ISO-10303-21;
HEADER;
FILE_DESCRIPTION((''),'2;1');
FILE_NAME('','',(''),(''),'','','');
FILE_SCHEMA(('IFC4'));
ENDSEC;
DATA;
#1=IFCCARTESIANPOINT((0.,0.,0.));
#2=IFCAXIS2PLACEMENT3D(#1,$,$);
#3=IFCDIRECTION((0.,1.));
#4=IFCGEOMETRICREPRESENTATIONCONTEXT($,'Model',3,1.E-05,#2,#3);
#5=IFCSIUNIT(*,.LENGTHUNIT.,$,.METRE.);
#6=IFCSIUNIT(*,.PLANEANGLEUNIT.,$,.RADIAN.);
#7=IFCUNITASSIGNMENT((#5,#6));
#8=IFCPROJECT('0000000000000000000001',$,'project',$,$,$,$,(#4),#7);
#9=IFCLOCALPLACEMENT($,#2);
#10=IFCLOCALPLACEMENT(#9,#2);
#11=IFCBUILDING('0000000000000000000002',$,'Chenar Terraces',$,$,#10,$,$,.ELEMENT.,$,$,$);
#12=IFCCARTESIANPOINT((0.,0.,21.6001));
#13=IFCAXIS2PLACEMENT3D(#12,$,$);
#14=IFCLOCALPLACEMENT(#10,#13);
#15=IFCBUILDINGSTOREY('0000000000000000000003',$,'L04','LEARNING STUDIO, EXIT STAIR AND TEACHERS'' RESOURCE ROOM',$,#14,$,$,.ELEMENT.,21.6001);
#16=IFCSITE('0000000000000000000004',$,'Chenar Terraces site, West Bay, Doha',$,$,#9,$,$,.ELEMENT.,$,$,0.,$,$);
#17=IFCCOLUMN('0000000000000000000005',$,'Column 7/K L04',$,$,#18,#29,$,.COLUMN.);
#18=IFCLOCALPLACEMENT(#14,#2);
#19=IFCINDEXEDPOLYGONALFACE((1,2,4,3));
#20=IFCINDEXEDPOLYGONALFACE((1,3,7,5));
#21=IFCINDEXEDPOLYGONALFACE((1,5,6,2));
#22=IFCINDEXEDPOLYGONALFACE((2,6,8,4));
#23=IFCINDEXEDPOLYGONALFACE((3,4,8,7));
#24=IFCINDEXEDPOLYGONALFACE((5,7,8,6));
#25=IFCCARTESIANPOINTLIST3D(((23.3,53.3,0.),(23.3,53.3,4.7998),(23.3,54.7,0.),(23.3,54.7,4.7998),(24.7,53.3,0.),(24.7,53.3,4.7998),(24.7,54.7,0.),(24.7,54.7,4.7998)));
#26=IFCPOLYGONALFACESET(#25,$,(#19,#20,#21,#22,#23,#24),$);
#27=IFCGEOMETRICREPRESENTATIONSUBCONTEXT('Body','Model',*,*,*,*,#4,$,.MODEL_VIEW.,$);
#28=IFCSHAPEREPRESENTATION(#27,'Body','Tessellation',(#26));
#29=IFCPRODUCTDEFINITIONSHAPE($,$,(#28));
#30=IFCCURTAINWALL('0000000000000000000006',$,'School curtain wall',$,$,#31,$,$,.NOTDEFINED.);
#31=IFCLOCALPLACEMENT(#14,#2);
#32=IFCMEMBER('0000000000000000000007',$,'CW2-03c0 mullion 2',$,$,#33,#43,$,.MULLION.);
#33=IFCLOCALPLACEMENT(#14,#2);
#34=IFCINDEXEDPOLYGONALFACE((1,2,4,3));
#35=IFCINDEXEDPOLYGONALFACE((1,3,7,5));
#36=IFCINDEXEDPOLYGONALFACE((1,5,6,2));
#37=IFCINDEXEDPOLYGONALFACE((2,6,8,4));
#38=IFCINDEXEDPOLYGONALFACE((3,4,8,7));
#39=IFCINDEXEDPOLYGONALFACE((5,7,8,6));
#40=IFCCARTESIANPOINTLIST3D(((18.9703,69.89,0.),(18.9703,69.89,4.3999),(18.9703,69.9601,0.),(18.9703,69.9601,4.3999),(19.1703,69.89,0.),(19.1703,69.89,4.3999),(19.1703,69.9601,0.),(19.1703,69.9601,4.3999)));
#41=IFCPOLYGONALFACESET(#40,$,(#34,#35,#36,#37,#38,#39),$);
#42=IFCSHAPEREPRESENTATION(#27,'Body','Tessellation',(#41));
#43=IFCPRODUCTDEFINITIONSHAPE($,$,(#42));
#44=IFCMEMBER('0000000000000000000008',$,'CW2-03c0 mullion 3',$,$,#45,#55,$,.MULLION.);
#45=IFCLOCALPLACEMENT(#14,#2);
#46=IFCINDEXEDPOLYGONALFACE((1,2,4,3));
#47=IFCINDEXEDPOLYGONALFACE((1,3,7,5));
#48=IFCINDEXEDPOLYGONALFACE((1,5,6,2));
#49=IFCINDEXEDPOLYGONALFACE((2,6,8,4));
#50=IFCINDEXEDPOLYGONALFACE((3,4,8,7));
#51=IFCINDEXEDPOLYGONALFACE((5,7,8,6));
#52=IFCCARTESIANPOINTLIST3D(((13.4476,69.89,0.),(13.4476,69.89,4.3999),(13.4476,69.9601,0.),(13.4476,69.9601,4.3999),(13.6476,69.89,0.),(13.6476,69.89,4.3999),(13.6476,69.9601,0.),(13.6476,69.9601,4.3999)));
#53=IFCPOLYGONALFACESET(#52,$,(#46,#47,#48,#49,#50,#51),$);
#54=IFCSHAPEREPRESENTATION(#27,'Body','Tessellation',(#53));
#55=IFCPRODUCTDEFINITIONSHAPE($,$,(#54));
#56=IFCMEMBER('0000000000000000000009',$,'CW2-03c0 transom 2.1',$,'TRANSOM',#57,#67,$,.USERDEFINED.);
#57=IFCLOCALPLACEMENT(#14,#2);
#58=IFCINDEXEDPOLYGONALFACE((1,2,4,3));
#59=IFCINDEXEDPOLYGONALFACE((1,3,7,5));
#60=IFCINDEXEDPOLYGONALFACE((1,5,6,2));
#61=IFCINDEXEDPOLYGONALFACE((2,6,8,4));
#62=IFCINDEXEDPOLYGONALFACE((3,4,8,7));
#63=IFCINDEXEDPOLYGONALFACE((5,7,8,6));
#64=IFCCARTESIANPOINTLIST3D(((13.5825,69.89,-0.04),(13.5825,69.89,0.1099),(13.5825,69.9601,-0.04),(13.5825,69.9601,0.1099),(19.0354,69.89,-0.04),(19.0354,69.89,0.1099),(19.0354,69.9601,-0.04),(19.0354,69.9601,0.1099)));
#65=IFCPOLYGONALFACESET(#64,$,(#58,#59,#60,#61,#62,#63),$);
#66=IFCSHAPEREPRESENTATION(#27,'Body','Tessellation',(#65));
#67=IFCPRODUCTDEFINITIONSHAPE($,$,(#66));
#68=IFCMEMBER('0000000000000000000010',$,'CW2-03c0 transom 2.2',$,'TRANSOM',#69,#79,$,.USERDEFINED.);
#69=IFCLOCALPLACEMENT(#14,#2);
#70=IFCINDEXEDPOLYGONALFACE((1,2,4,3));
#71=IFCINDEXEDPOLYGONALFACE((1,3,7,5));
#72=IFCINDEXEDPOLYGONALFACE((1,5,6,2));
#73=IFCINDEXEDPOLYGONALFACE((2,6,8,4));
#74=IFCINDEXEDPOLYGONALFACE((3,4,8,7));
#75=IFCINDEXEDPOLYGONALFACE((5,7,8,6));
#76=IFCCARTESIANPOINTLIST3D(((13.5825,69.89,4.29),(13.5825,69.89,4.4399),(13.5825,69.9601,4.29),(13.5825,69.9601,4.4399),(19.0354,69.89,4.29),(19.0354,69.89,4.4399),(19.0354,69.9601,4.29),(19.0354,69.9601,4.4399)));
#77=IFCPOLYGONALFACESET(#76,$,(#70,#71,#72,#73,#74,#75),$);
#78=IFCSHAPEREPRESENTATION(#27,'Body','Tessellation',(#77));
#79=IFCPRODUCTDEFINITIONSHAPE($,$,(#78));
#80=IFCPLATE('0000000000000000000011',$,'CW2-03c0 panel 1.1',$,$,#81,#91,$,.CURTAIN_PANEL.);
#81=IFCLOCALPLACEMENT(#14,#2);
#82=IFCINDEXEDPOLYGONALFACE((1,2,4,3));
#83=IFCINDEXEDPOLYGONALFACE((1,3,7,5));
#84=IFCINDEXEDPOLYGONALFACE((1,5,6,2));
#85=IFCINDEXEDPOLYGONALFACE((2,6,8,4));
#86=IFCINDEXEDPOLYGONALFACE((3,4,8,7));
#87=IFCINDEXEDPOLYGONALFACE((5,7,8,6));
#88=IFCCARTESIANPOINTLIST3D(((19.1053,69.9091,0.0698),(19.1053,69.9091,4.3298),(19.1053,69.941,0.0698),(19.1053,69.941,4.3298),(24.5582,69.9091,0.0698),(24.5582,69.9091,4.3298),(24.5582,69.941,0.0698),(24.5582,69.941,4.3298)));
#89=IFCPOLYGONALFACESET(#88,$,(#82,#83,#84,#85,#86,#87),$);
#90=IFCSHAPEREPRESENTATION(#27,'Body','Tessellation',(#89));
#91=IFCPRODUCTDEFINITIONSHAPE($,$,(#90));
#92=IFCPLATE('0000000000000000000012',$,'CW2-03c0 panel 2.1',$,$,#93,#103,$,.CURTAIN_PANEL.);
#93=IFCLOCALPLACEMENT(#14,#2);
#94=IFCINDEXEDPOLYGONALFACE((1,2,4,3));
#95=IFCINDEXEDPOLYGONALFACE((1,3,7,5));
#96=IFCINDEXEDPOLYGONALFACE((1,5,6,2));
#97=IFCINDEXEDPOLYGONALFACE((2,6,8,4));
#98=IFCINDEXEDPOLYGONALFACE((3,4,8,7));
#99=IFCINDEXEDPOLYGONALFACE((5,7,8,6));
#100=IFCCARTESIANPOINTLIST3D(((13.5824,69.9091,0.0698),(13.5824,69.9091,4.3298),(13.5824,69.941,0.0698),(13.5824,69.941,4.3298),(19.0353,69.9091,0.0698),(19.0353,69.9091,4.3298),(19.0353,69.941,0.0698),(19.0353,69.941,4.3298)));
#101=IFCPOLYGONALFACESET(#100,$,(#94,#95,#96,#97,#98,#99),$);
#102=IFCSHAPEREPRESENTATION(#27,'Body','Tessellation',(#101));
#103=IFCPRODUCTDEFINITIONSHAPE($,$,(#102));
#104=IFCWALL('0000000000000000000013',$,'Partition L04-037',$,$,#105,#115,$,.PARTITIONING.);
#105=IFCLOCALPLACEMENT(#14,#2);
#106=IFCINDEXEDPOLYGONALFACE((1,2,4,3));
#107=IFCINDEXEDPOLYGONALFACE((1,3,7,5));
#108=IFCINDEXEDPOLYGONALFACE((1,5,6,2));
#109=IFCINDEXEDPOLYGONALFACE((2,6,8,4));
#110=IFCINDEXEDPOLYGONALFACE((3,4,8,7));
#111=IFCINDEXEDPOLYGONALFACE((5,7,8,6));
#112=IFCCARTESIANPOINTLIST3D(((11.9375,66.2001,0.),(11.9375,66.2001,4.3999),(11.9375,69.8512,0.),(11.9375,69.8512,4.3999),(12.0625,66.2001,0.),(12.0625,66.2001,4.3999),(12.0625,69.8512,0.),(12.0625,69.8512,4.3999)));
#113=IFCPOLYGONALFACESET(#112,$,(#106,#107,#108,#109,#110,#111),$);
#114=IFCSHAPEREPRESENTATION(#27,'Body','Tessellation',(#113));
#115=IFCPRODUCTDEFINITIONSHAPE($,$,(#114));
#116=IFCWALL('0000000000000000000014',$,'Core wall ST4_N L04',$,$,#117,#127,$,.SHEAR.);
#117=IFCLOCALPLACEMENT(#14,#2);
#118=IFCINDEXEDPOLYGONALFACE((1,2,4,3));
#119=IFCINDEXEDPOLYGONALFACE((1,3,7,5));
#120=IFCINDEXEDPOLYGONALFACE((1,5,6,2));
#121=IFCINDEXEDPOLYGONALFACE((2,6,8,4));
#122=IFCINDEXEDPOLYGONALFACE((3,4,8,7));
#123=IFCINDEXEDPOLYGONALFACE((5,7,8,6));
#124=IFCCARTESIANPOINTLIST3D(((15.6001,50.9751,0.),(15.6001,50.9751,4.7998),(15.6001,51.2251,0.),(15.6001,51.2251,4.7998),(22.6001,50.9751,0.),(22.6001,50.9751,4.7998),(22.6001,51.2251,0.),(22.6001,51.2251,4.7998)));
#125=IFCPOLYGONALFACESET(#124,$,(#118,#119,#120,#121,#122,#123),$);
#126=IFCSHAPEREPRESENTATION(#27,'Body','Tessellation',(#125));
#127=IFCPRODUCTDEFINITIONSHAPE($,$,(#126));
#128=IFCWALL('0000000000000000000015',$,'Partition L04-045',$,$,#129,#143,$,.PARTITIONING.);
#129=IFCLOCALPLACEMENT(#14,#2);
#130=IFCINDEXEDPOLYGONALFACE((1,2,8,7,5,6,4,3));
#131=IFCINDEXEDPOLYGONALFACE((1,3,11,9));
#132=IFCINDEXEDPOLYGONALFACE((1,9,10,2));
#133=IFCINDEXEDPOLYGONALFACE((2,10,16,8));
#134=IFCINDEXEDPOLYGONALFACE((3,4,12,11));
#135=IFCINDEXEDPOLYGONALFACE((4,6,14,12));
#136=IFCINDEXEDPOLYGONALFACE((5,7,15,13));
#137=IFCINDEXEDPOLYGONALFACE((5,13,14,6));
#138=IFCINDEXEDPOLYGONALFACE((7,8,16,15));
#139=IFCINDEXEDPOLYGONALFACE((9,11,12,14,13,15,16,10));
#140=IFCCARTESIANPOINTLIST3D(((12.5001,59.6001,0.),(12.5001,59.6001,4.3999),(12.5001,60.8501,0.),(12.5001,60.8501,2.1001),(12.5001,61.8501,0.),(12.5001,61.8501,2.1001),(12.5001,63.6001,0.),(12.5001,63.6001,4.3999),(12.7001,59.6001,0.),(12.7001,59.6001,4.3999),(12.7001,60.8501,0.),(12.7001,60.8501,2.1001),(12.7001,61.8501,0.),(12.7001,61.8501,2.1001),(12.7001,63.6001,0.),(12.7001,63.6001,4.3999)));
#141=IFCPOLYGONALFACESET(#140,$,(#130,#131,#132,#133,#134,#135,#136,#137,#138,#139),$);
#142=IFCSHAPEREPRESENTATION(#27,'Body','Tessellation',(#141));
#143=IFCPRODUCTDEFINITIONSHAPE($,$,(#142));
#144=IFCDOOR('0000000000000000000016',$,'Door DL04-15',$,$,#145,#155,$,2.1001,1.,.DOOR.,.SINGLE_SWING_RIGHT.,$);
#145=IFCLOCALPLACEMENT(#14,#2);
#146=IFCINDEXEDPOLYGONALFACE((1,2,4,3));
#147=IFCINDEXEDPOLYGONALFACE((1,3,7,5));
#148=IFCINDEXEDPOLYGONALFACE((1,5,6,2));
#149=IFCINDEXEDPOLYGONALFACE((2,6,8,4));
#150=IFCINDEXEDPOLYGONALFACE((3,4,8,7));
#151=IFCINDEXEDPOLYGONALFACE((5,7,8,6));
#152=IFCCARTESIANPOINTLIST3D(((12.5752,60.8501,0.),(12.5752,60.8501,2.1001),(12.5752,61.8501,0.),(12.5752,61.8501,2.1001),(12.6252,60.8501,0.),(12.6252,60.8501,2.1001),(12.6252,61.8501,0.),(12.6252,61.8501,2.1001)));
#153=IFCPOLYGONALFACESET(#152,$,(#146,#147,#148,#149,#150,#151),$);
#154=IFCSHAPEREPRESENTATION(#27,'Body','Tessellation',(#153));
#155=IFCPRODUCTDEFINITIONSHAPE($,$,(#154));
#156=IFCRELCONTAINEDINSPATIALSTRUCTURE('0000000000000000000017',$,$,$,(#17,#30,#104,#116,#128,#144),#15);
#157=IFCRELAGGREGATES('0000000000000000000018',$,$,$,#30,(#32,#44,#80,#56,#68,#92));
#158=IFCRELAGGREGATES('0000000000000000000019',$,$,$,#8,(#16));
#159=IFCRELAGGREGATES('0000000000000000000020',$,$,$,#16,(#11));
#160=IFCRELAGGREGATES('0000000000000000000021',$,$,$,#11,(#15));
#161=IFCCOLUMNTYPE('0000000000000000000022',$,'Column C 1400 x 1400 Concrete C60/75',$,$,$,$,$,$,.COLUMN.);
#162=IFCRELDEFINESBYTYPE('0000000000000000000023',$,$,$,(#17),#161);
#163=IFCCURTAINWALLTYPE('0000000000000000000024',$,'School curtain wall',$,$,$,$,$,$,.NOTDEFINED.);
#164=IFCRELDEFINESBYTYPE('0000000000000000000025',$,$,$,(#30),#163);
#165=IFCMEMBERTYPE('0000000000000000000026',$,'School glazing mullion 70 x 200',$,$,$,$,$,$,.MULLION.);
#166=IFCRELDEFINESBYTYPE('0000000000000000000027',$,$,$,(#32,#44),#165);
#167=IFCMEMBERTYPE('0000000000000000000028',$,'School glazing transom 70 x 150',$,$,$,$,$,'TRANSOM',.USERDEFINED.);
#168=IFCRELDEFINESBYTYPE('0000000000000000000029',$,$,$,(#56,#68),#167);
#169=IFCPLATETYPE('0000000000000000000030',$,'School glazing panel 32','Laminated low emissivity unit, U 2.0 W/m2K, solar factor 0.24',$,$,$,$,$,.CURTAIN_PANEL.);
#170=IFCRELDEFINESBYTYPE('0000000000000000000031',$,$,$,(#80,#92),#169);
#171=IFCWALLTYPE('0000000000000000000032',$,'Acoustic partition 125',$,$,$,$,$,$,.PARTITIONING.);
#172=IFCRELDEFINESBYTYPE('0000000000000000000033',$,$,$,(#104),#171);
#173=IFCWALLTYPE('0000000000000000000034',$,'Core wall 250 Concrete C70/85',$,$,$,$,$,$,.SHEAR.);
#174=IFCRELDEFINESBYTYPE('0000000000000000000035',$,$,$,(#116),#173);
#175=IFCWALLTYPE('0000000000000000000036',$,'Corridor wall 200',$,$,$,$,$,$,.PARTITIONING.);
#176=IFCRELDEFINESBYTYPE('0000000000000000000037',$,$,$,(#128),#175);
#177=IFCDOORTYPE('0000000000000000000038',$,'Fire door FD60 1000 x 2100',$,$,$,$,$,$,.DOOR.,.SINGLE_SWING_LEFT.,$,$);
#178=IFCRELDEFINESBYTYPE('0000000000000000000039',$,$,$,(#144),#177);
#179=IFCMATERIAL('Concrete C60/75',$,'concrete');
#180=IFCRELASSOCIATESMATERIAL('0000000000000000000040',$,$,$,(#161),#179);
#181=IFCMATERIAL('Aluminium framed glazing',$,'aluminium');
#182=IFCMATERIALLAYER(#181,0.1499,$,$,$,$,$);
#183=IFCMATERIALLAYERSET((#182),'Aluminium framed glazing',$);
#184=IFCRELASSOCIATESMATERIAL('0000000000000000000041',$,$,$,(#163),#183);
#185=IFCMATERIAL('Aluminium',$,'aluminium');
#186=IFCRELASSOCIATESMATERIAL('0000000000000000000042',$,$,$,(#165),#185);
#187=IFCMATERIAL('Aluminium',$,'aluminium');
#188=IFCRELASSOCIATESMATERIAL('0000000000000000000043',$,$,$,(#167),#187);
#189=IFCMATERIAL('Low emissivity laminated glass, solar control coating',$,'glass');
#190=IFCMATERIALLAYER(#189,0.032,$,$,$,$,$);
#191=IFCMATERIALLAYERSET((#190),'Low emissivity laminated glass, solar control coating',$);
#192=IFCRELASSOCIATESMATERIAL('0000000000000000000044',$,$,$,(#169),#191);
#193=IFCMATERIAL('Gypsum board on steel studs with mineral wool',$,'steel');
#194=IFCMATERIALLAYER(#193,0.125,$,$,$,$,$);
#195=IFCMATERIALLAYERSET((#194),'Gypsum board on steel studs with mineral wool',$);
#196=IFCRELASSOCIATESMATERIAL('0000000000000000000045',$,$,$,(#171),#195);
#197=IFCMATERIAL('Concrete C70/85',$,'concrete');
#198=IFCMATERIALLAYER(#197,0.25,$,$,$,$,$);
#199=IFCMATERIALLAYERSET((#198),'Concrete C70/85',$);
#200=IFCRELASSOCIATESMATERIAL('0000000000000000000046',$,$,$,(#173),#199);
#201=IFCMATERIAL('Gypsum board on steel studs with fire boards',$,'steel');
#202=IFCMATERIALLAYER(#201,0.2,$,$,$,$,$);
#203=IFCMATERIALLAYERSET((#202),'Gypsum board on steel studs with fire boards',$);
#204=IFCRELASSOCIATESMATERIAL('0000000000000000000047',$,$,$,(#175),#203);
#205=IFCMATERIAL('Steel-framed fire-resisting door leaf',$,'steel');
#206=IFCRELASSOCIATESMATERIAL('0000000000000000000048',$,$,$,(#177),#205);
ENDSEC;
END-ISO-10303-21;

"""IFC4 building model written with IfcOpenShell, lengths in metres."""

from ifc_helpers import new_model, si_unit, direction, frame, frame_2d, origin, origin_2d, place, context, subcontext, project, spatial, rectangle, extrude, material, layer, layer_set, material_profile, profile_set, type_object, element, fill, aggregate, save


model = new_model("IFC4")

# Units and contexts
model_context = context("Model", 3, precision=1e-05, world=origin(), true_north=direction((0.0, 1.0)))
body_context = subcontext(model_context, "Body", "Model", "MODEL_VIEW")
ifc_project = project(units=[si_unit("LENGTHUNIT", "METRE"), si_unit("PLANEANGLEUNIT", "RADIAN")], contexts=[model_context])

# Site, building, storey
site_placement = place(None, origin())
site = spatial("IfcSite", under=ifc_project, at=site_placement, Name="Chenar Terraces site, West Bay, Doha", CompositionType="ELEMENT", RefElevation=0.0)
building_placement = place(site_placement, origin())
building = spatial("IfcBuilding", under=site, at=building_placement, Name="Chenar Terraces", CompositionType="ELEMENT")
storey_placement = place(building_placement, frame((0.0, 0.0, 21.6001)))
storey = spatial("IfcBuildingStorey", under=building, at=storey_placement, Name="L04", Description="LEARNING STUDIO, EXIT STAIR AND TEACHERS' RESOURCE ROOM", CompositionType="ELEMENT", Elevation=21.6001)

# Column
ifc_material_1 = material(Name="Concrete C60/75", Category="concrete")
ifc_material_profile_1 = material_profile(ifc_material_1, rectangle(XDim=1.3999, YDim=1.3999, at=origin_2d()), Name="C 1400 x 1400")
ifc_profile_set_1 = profile_set([ifc_material_profile_1], Name="Concrete C60/75")
column_type = type_object("IfcColumnType", Name="Column C 1400 x 1400 Concrete C60/75", PredefinedType="COLUMN", material=ifc_profile_set_1)
column_placement = place(storey_placement, frame((24.0, 54.0, 0.0), z_axis=(0.0, 0.0, 1.0), x_axis=(1.0, 0.0, 0.0)))
element("IfcColumn", 1, at=column_placement, inside=storey, type_object=column_type, Name="Column 7/K L04", PredefinedType="COLUMN", context=body_context, shape_type="SweptSolid", body=[
    extrude(rectangle(XDim=1.3999, YDim=1.3999, at=origin_2d()), origin(), (0.0, 0.0, 1.0), 4.7998),
])

# Curtain wall, members, plates
ifc_material_2 = material(Name="Aluminium framed glazing", Category="aluminium")
ifc_layer_1 = layer(ifc_material_2, 0.1499)
ifc_layer_set_1 = layer_set([ifc_layer_1], Name="Aluminium framed glazing")
curtain_wall_type = type_object("IfcCurtainWallType", Name="School curtain wall", PredefinedType="NOTDEFINED", material=ifc_layer_set_1)
placement = place(storey_placement, origin())
curtain_wall = element("IfcCurtainWall", 2, at=placement, inside=storey, type_object=curtain_wall_type, Name="School curtain wall", PredefinedType="NOTDEFINED")
ifc_material_3 = material(Name="Aluminium", Category="aluminium")
ifc_material_profile_2 = material_profile(ifc_material_3, rectangle(XDim=0.0701, YDim=0.2, at=origin_2d()), Name="School glazing mullion 70 x 200")
ifc_profile_set_2 = profile_set([ifc_material_profile_2], Name="Aluminium")
member_type_1 = type_object("IfcMemberType", Name="School glazing mullion 70 x 200", PredefinedType="MULLION", material=ifc_profile_set_2)
member_1_placement = place(storey_placement, frame((19.0703, 69.925, 0.0), z_axis=(0.0, 0.0, 1.0), x_axis=(0.0, -1.0, 0.0)))
member_1 = element("IfcMember", 3, at=member_1_placement, type_object=member_type_1, Name="CW2-03c0 mullion 2", PredefinedType="MULLION", context=body_context, shape_type="SweptSolid", body=[
    extrude(rectangle(XDim=0.0701, YDim=0.2, at=origin_2d()), origin(), (0.0, 0.0, 1.0), 4.3999),
])
member_2_placement = place(storey_placement, frame((13.5476, 69.925, 0.0), z_axis=(0.0, 0.0, 1.0), x_axis=(0.0, -1.0, 0.0)))
member_2 = element("IfcMember", 4, at=member_2_placement, type_object=member_type_1, Name="CW2-03c0 mullion 3", PredefinedType="MULLION", context=body_context, shape_type="SweptSolid", body=[
    extrude(rectangle(XDim=0.0701, YDim=0.2, at=origin_2d()), origin(), (0.0, 0.0, 1.0), 4.3999),
])
ifc_material_4 = material(Name="Aluminium", Category="aluminium")
ifc_material_profile_3 = material_profile(ifc_material_4, rectangle(XDim=0.0701, YDim=0.1499, at=origin_2d()), Name="School glazing transom 70 x 150")
ifc_profile_set_3 = profile_set([ifc_material_profile_3], Name="Aluminium")
member_type_2 = type_object("IfcMemberType", Name="School glazing transom 70 x 150", ElementType="TRANSOM", PredefinedType="USERDEFINED", material=ifc_profile_set_3)
member_3_placement = place(storey_placement, frame((19.0354, 69.925, 0.0349), z_axis=(-1.0, 0.0, 0.0), x_axis=(0.0, -1.0, 0.0)))
member_3 = element("IfcMember", 5, at=member_3_placement, type_object=member_type_2, Name="CW2-03c0 transom 2.1", ObjectType="TRANSOM", PredefinedType="USERDEFINED", context=body_context, shape_type="SweptSolid", body=[
    extrude(rectangle(XDim=0.0701, YDim=0.1499, at=origin_2d()), origin(), (0.0, 0.0, 1.0), 5.4529),
])
member_4_placement = place(storey_placement, frame((19.0354, 69.925, 4.365), z_axis=(-1.0, 0.0, 0.0), x_axis=(0.0, -1.0, 0.0)))
member_4 = element("IfcMember", 6, at=member_4_placement, type_object=member_type_2, Name="CW2-03c0 transom 2.2", ObjectType="TRANSOM", PredefinedType="USERDEFINED", context=body_context, shape_type="SweptSolid", body=[
    extrude(rectangle(XDim=0.0701, YDim=0.1499, at=origin_2d()), origin(), (0.0, 0.0, 1.0), 5.4529),
])
ifc_material_5 = material(Name="Low emissivity laminated glass, solar control coating", Category="glass")
ifc_layer_2 = layer(ifc_material_5, 0.032)
ifc_layer_set_2 = layer_set([ifc_layer_2], Name="Low emissivity laminated glass, solar control coating")
plate_type = type_object("IfcPlateType", Name="School glazing panel 32", Description="Laminated low emissivity unit, U 2.0 W/m2K, solar factor 0.24", PredefinedType="CURTAIN_PANEL", material=ifc_layer_set_2)
plate_1_placement = place(storey_placement, frame((21.8318, 69.925, 0.0698), z_axis=(0.0, 0.0, 1.0), x_axis=(-1.0, 0.0, 0.0)))
plate_1 = element("IfcPlate", 7, at=plate_1_placement, type_object=plate_type, Name="CW2-03c0 panel 1.1", PredefinedType="CURTAIN_PANEL", context=body_context, shape_type="SweptSolid", body=[
    extrude(rectangle(XDim=5.4529, YDim=0.032, at=origin_2d()), origin(), (0.0, 0.0, 1.0), 4.26),
])
plate_2_placement = place(storey_placement, frame((16.3088, 69.925, 0.0698), z_axis=(0.0, 0.0, 1.0), x_axis=(-1.0, 0.0, 0.0)))
plate_2 = element("IfcPlate", 8, at=plate_2_placement, type_object=plate_type, Name="CW2-03c0 panel 2.1", PredefinedType="CURTAIN_PANEL", context=body_context, shape_type="SweptSolid", body=[
    extrude(rectangle(XDim=5.4529, YDim=0.032, at=origin_2d()), origin(), (0.0, 0.0, 1.0), 4.26),
])
aggregate(curtain_wall, [member_1, member_2, plate_1, member_3, member_4, plate_2])

# Walls
ifc_material_6 = material(Name="Gypsum board on steel studs with mineral wool", Category="steel")
ifc_layer_3 = layer(ifc_material_6, 0.125)
ifc_layer_set_3 = layer_set([ifc_layer_3], Name="Gypsum board on steel studs with mineral wool")
wall_type_1 = type_object("IfcWallType", Name="Acoustic partition 125", PredefinedType="PARTITIONING", material=ifc_layer_set_3)
wall_1_placement = place(storey_placement, frame((12.0, 66.2, 0.0), z_axis=(0.0, 0.0, 1.0), x_axis=(0.0, 1.0, 0.0)))
element("IfcWall", 9, at=wall_1_placement, inside=storey, type_object=wall_type_1, Name="Partition L04-037", PredefinedType="PARTITIONING", context=body_context, shape_type="SweptSolid", body=[
    extrude(rectangle(XDim=3.6511, YDim=0.125, at=frame_2d((1.8257, 0.0))), origin(), (0.0, 0.0, 1.0), 4.3999),
])
ifc_material_7 = material(Name="Concrete C70/85", Category="concrete")
ifc_layer_4 = layer(ifc_material_7, 0.25)
ifc_layer_set_4 = layer_set([ifc_layer_4], Name="Concrete C70/85")
wall_type_2 = type_object("IfcWallType", Name="Core wall 250 Concrete C70/85", PredefinedType="SHEAR", material=ifc_layer_set_4)
wall_2_placement = place(storey_placement, frame((15.6001, 51.1001, 0.0), z_axis=(0.0, 0.0, 1.0), x_axis=(1.0, 0.0, 0.0)))
element("IfcWall", 10, at=wall_2_placement, inside=storey, type_object=wall_type_2, Name="Core wall ST4_N L04", PredefinedType="SHEAR", context=body_context, shape_type="SweptSolid", body=[
    extrude(rectangle(XDim=7.0, YDim=0.25, at=frame_2d((3.5, 0.0))), origin(), (0.0, 0.0, 1.0), 4.7998),
])

# Wall, opening, door
ifc_material_8 = material(Name="Gypsum board on steel studs with fire boards", Category="steel")
ifc_layer_5 = layer(ifc_material_8, 0.2)
ifc_layer_set_5 = layer_set([ifc_layer_5], Name="Gypsum board on steel studs with fire boards")
wall_type_3 = type_object("IfcWallType", Name="Corridor wall 200", PredefinedType="PARTITIONING", material=ifc_layer_set_5)
wall_3_placement = place(storey_placement, frame((12.6001, 59.6001, 0.0), z_axis=(0.0, 0.0, 1.0), x_axis=(0.0, 1.0, 0.0)))
wall_3 = element("IfcWall", 11, at=wall_3_placement, inside=storey, type_object=wall_type_3, Name="Partition L04-045", PredefinedType="PARTITIONING", context=body_context, shape_type="SweptSolid", body=[
    extrude(rectangle(XDim=4.0, YDim=0.2, at=frame_2d((2.0, 0.0))), origin(), (0.0, 0.0, 1.0), 4.3999),
])
opening_1_placement = place(wall_3_placement, frame((1.25, 0.0, 0.0)))
opening_1 = element("IfcOpeningElement", 12, at=opening_1_placement, cuts=wall_3, PredefinedType="OPENING", context=body_context, shape_type="SweptSolid", body=[
    extrude(rectangle(XDim=1.0, YDim=2.1001, at=frame_2d((0.5, 1.05))), frame((0.0, 0.1099, 0.0), z_axis=(0.0, -1.0, 0.0), x_axis=(1.0, 0.0, 0.0)), (0.0, 0.0, 1.0), 0.22),
])
ifc_material_9 = material(Name="Steel-framed fire-resisting door leaf", Category="steel")
door_type_1 = type_object("IfcDoorType", Name="Fire door FD60 1000 x 2100", OperationType="SINGLE_SWING_LEFT", PredefinedType="DOOR", material=ifc_material_9)
door_1_placement = place(opening_1_placement, origin())
door_1 = element("IfcDoor", 13, at=door_1_placement, inside=storey, type_object=door_type_1, Name="Door DL04-15", OperationType="SINGLE_SWING_RIGHT", OverallHeight=2.1001, OverallWidth=1.0, PredefinedType="DOOR", context=body_context, shape_type="SweptSolid", body=[
    extrude(rectangle(XDim=1.0, YDim=2.1001, at=frame_2d((0.5, 1.05))), frame((0.0, 0.0249, 0.0), z_axis=(0.0, -1.0, 0.0), x_axis=(1.0, 0.0, 0.0)), (0.0, 0.0, 1.0), 0.05),
])
fill(opening_1, door_1)

save(model, "model.ifc")
